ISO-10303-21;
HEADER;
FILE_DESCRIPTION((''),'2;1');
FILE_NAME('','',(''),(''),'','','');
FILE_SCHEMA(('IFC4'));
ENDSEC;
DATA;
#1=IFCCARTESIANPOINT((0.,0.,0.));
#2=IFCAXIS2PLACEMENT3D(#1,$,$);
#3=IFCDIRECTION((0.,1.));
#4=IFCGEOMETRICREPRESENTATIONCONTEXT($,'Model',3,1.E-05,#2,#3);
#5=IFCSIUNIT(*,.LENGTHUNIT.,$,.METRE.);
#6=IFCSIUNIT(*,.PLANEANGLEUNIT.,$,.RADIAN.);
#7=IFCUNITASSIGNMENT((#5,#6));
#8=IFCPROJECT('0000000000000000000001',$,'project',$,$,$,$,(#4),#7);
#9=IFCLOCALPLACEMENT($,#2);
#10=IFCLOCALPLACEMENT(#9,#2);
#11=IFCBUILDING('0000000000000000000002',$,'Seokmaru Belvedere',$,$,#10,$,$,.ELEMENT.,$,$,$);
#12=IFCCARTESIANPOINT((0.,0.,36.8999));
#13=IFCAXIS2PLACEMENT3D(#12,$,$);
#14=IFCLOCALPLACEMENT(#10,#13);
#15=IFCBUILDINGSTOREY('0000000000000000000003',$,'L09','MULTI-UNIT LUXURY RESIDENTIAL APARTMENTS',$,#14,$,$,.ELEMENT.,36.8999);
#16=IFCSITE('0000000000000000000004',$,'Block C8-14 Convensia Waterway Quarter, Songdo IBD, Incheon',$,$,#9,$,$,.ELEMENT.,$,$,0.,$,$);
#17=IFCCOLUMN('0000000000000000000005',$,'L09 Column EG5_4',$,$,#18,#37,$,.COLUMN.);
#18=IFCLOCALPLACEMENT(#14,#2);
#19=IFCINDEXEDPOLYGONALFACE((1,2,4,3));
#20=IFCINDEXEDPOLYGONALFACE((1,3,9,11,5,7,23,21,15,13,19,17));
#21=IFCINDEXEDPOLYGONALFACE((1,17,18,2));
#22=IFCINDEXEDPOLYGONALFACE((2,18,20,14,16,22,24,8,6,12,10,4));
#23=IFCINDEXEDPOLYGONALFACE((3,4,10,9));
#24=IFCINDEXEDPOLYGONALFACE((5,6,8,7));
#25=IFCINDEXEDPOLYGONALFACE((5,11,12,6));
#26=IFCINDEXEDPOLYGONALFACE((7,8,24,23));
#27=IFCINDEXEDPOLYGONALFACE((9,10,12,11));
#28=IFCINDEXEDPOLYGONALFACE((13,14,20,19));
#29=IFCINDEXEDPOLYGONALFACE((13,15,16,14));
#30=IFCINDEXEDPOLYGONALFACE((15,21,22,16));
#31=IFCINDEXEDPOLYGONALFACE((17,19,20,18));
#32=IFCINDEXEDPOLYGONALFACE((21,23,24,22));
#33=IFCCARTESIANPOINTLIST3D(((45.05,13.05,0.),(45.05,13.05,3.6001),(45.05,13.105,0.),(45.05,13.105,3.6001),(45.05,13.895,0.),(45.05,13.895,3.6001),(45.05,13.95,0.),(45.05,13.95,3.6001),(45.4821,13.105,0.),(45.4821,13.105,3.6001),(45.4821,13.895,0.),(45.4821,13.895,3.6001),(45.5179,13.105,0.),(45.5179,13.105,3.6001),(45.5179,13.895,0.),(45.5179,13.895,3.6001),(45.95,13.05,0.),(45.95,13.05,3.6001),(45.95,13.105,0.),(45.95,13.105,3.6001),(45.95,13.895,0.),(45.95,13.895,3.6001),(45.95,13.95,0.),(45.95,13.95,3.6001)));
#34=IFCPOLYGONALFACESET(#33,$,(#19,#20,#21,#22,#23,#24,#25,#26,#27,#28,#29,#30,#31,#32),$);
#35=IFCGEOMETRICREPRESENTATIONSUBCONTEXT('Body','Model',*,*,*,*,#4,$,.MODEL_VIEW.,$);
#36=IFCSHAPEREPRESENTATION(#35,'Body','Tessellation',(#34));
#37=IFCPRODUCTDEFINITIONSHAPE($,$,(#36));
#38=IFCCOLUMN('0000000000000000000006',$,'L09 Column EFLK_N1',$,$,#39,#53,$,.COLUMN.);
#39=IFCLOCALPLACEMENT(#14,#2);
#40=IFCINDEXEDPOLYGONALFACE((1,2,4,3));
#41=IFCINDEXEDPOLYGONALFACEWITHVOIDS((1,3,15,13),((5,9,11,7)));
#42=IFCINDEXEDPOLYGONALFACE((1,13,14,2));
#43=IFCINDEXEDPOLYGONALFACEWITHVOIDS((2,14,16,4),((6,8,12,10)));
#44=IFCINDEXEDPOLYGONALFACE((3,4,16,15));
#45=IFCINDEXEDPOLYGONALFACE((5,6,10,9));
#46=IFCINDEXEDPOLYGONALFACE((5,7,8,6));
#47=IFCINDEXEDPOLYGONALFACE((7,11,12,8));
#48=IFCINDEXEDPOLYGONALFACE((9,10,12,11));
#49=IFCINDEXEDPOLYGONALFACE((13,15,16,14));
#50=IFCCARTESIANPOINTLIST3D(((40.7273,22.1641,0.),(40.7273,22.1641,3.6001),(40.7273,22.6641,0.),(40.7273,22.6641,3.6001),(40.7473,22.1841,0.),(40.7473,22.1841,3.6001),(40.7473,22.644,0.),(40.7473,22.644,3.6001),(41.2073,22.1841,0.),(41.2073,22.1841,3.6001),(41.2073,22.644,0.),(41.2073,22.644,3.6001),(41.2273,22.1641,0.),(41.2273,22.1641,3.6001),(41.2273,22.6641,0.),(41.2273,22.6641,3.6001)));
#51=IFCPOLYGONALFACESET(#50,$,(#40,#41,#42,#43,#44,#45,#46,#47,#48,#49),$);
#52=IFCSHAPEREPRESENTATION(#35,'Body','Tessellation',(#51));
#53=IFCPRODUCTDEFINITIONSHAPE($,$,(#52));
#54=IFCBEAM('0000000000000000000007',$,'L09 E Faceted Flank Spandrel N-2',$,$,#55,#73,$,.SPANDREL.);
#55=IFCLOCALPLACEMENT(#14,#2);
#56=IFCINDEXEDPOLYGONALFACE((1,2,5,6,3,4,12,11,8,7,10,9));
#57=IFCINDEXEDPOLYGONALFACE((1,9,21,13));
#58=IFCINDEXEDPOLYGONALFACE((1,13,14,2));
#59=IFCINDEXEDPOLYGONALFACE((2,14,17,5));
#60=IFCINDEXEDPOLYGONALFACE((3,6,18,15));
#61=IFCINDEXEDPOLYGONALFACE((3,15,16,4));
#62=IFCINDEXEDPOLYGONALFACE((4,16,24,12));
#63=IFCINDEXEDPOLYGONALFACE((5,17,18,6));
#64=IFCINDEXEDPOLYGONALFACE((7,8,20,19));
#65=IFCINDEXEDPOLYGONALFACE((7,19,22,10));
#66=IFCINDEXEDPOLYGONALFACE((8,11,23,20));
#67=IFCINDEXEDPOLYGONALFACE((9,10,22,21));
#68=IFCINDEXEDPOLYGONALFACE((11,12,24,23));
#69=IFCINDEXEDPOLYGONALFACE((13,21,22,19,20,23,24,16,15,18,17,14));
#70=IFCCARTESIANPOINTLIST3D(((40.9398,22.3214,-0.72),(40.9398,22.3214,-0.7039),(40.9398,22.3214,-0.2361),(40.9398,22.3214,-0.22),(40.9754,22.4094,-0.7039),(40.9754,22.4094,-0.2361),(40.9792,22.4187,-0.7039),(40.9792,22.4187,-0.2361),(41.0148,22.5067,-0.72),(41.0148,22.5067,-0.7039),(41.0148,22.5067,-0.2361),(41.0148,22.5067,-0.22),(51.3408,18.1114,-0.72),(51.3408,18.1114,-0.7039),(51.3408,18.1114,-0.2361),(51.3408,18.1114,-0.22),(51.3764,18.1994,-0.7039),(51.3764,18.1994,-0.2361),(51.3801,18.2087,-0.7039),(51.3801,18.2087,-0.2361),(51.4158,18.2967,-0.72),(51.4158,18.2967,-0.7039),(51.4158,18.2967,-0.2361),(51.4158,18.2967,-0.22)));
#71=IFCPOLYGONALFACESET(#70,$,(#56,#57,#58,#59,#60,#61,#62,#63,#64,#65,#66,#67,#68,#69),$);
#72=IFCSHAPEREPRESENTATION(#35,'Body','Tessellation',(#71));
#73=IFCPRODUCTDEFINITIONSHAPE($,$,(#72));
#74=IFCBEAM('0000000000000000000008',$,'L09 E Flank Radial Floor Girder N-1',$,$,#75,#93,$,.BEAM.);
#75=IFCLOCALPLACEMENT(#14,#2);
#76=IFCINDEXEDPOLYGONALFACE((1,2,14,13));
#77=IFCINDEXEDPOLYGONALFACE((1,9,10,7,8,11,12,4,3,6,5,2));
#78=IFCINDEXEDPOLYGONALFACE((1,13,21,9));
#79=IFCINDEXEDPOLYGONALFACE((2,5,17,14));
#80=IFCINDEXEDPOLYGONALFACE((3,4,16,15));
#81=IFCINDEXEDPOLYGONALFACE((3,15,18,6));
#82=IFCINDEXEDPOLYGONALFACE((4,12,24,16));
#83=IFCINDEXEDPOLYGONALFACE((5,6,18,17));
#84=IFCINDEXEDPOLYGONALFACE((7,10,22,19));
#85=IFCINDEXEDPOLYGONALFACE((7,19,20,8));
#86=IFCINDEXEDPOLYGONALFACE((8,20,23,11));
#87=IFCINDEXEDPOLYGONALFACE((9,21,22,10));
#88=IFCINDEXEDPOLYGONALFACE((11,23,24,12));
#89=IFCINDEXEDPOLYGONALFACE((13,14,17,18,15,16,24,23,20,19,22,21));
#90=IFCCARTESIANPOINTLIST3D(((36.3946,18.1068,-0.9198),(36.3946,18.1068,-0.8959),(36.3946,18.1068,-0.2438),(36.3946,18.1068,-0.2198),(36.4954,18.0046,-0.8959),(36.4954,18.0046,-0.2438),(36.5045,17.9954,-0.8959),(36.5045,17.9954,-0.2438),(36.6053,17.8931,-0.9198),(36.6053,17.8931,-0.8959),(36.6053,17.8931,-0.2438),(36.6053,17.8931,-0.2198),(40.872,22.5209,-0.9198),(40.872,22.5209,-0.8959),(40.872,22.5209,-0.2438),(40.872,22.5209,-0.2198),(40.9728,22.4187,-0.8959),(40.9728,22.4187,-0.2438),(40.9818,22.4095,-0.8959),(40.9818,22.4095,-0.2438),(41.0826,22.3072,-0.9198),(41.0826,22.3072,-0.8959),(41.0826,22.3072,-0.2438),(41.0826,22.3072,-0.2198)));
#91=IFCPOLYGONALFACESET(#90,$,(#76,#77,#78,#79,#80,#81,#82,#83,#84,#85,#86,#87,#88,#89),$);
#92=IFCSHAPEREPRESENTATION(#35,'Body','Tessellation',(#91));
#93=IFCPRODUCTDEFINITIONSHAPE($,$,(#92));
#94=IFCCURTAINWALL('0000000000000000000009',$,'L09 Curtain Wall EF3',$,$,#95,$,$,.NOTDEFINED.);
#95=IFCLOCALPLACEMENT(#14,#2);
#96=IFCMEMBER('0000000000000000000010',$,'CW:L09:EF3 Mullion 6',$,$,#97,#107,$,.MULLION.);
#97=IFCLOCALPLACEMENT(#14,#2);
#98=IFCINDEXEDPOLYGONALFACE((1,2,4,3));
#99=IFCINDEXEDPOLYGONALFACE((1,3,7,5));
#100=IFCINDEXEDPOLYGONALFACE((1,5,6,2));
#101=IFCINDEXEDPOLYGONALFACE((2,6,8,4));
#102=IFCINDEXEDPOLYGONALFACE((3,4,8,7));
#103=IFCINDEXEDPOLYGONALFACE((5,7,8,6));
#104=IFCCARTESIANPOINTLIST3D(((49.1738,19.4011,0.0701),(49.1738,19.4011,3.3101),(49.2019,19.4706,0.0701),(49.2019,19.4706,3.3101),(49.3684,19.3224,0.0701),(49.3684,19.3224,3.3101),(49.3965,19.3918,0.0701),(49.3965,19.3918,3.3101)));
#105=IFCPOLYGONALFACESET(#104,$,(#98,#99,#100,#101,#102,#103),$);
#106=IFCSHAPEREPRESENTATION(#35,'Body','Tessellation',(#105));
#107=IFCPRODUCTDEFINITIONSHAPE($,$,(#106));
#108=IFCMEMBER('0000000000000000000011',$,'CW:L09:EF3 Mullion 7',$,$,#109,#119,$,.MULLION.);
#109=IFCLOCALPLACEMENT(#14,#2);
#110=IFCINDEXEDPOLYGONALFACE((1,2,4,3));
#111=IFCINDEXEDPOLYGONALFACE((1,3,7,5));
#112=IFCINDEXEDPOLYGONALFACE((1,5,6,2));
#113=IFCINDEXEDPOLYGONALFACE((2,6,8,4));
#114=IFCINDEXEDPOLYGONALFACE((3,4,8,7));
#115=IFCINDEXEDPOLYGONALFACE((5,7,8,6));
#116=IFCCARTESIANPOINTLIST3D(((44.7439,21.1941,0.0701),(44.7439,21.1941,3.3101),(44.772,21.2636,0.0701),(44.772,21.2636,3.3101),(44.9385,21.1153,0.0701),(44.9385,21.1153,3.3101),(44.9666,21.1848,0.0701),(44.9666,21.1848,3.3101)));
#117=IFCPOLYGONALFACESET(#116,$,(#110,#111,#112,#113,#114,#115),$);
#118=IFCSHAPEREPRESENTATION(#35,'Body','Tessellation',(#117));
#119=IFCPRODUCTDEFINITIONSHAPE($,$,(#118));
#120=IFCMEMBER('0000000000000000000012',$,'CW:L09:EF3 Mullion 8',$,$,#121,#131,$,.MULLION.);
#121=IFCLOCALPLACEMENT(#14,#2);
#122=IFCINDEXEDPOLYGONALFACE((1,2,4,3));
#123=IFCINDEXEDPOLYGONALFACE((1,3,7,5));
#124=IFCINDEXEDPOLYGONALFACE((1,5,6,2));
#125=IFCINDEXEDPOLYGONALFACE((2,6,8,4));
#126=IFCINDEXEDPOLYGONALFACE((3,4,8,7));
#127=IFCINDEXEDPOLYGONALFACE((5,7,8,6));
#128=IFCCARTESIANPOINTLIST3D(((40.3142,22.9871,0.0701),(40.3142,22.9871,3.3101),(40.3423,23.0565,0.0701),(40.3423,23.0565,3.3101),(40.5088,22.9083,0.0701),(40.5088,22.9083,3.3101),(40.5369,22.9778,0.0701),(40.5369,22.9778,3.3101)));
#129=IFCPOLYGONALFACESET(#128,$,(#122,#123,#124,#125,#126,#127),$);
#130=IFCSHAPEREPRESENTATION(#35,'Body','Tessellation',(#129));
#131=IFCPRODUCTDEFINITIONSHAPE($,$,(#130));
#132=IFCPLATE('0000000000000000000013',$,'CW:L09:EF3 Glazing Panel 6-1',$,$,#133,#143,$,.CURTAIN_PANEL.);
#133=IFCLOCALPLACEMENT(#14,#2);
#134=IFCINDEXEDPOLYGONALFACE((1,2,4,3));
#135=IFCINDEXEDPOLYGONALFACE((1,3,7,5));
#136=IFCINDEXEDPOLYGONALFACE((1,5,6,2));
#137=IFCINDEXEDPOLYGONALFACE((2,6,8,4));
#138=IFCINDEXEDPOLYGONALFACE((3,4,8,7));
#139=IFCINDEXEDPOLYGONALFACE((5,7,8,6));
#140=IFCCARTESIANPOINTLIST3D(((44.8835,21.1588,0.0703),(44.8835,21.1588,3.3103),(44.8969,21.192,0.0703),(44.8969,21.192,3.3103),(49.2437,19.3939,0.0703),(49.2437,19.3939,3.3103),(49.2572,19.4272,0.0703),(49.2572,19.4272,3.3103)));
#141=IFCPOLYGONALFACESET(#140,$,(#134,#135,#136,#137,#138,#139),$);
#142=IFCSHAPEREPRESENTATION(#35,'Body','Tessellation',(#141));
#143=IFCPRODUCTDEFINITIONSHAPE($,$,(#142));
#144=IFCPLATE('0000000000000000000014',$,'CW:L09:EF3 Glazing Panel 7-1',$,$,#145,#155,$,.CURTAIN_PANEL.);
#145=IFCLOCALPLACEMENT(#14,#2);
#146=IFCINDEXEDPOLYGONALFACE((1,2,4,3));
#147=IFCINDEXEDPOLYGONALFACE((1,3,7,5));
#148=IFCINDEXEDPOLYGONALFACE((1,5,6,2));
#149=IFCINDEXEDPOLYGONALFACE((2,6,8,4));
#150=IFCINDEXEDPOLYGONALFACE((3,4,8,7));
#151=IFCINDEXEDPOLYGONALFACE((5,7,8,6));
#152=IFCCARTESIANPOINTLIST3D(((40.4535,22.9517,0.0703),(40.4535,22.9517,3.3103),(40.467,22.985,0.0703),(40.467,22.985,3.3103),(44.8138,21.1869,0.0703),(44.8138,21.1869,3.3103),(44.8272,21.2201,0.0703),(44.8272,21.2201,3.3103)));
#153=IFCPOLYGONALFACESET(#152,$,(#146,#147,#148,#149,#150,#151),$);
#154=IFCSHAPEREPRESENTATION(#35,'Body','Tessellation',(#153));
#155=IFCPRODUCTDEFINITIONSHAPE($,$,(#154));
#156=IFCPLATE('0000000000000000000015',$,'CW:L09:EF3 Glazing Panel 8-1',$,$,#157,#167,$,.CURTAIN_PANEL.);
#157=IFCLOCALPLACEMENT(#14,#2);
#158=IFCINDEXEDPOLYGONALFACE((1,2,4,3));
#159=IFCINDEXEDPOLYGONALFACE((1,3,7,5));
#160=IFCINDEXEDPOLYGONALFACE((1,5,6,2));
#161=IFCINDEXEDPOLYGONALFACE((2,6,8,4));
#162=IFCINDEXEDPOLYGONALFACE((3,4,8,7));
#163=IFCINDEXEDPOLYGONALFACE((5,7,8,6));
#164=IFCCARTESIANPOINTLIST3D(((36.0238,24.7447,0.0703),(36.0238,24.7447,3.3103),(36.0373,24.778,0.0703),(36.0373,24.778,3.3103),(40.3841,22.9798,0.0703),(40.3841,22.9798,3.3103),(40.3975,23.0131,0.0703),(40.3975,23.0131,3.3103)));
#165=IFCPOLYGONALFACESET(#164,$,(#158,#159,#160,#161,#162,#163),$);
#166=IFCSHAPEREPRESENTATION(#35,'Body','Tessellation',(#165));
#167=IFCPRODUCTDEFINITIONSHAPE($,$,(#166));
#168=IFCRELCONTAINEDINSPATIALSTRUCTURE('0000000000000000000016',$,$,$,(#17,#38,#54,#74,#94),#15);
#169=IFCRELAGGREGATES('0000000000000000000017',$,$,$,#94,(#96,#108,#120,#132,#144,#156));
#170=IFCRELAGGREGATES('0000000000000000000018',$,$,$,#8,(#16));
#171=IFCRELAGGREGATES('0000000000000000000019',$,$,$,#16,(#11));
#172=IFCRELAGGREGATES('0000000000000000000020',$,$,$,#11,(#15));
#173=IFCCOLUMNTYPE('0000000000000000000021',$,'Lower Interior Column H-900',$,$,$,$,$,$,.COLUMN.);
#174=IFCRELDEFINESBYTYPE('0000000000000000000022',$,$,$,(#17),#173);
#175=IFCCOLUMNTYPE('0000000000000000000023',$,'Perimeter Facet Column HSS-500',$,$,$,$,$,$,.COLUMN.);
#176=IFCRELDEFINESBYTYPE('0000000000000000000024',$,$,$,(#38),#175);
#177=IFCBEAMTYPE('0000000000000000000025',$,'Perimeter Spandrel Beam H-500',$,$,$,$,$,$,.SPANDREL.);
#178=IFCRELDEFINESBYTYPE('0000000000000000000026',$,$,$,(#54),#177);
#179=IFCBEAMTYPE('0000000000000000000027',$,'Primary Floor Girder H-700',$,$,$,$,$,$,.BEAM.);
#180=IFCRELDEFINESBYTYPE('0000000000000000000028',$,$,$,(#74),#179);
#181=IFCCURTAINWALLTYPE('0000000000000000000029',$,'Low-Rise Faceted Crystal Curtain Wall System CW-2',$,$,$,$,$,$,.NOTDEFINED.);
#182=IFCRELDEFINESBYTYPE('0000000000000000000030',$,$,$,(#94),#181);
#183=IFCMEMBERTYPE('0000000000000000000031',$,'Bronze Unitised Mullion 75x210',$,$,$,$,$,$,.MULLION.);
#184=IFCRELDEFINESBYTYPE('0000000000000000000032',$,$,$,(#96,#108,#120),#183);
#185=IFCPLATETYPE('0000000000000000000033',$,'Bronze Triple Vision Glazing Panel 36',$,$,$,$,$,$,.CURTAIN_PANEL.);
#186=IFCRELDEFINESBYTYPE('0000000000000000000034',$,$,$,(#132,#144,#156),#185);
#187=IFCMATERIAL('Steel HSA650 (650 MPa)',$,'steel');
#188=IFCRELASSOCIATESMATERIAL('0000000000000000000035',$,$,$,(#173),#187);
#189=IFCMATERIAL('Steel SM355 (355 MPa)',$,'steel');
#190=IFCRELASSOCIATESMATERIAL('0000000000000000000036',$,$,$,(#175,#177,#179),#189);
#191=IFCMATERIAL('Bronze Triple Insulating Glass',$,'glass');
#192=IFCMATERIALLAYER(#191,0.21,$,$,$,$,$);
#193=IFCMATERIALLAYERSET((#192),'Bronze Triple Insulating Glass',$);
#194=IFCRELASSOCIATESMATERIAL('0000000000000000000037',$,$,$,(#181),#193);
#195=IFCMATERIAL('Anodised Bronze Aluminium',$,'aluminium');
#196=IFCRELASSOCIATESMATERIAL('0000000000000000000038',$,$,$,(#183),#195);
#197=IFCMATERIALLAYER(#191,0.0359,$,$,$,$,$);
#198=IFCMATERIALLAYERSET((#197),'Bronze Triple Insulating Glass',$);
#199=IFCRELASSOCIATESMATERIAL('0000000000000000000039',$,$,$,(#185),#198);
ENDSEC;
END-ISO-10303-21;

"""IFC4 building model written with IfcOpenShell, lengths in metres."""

from ifc_helpers import new_model, si_unit, direction, frame, origin, origin_2d, place, context, subcontext, project, spatial, rectangle, hollow_rectangle, i_section, extrude, source, transform, mapped, material, layer, layer_set, material_profile, profile_set, type_object, type_shapes, element, aggregate, save


model = new_model("IFC4")

# Units and contexts
model_context = context("Model", 3, precision=1e-05, world=origin(), true_north=direction((0.0, 1.0)))
body_context = subcontext(model_context, "Body", "Model", "MODEL_VIEW")
ifc_project = project(units=[si_unit("LENGTHUNIT", "METRE"), si_unit("PLANEANGLEUNIT", "RADIAN")], contexts=[model_context])

# Site, building, storey
site_placement = place(None, origin())
site = spatial("IfcSite", under=ifc_project, at=site_placement, Name="Block C8-14 Convensia Waterway Quarter, Songdo IBD, Incheon", CompositionType="ELEMENT", RefElevation=0.0)
building_placement = place(site_placement, origin())
building = spatial("IfcBuilding", under=site, at=building_placement, Name="Seokmaru Belvedere", CompositionType="ELEMENT")
storey_placement = place(building_placement, frame((0.0, 0.0, 36.8999)))
storey = spatial("IfcBuildingStorey", under=building, at=storey_placement, Name="L09", Description="MULTI-UNIT LUXURY RESIDENTIAL APARTMENTS", CompositionType="ELEMENT", Elevation=36.8999)

# Columns
ifc_material_1 = material(Name="Steel HSA650 (650 MPa)", Category="steel")
ifc_material_profile_1 = material_profile(ifc_material_1, i_section(OverallWidth=0.8999, OverallDepth=0.8999, WebThickness=0.0359, FlangeThickness=0.0549, at=origin_2d()), Name="H-900x900x36x55")
ifc_profile_set_1 = profile_set([ifc_material_profile_1], Name="Steel HSA650 (650 MPa)")
column_type_1 = type_object("IfcColumnType", Name="Lower Interior Column H-900", PredefinedType="COLUMN", material=ifc_profile_set_1)
shared_shape_1 = source(origin(), body_context, "Body", "SweptSolid", [
    extrude(i_section(OverallWidth=0.8999, OverallDepth=0.8999, WebThickness=0.0359, FlangeThickness=0.0549, at=origin_2d()), origin(), (0.0, 0.0, 1.0), 3.6001),
])
type_shapes(column_type_1, [shared_shape_1])
column_1_placement = place(storey_placement, frame((45.5, 13.5, 0.0), z_axis=(0.0, 0.0, 1.0), x_axis=(1.0, 0.0, 0.0)))
element("IfcColumn", 1, at=column_1_placement, inside=storey, type_object=column_type_1, Name="L09 Column EG5_4", PredefinedType="COLUMN", context=body_context, shape_type="MappedRepresentation", body=[
    mapped(shared_shape_1, transform((0.0, 0.0, 0.0), scale=1.0)),
])
ifc_material_2 = material(Name="Steel SM355 (355 MPa)", Category="steel")
ifc_material_profile_2 = material_profile(ifc_material_2, hollow_rectangle(XDim=0.5, YDim=0.5, WallThickness=0.02, at=origin_2d()), Name="HSS-500x500x20")
ifc_profile_set_2 = profile_set([ifc_material_profile_2], Name="Steel SM355 (355 MPa)")
column_type_2 = type_object("IfcColumnType", Name="Perimeter Facet Column HSS-500", PredefinedType="COLUMN", material=ifc_profile_set_2)
shared_shape_2 = source(origin(), body_context, "Body", "SweptSolid", [
    extrude(hollow_rectangle(XDim=0.5, YDim=0.5, WallThickness=0.02, at=origin_2d()), origin(), (0.0, 0.0, 1.0), 3.6001),
])
type_shapes(column_type_2, [shared_shape_2])
column_2_placement = place(storey_placement, frame((40.9773, 22.4141, 0.0), z_axis=(0.0, 0.0, 1.0), x_axis=(1.0, 0.0, 0.0)))
element("IfcColumn", 2, at=column_2_placement, inside=storey, type_object=column_type_2, Name="L09 Column EFLK_N1", PredefinedType="COLUMN", context=body_context, shape_type="MappedRepresentation", body=[
    mapped(shared_shape_2, transform((0.0, 0.0, 0.0), scale=1.0)),
])

# Beams
ifc_material_profile_3 = material_profile(ifc_material_2, i_section(OverallWidth=0.2, OverallDepth=0.5, WebThickness=0.01, FlangeThickness=0.0161, at=origin_2d()), Name="H-500x200x10x16")
ifc_profile_set_3 = profile_set([ifc_material_profile_3], Name="Steel SM355 (355 MPa)")
beam_type_1 = type_object("IfcBeamType", Name="Perimeter Spandrel Beam H-500", PredefinedType="SPANDREL", material=ifc_profile_set_3)
shared_shape_3 = source(origin(), body_context, "Body", "SweptSolid", [
    extrude(i_section(OverallWidth=0.2, OverallDepth=0.5, WebThickness=0.01, FlangeThickness=0.0161, at=origin_2d()), origin(), (0.0, 0.0, 1.0), 11.2207),
])
type_shapes(beam_type_1, [shared_shape_3])
beam_1_placement = place(storey_placement, frame((40.9773, 22.4141, -0.47), z_axis=(0.926944, -0.375199, 0.0), x_axis=(0.375199, 0.926944, 0.0)))
element("IfcBeam", 3, at=beam_1_placement, inside=storey, type_object=beam_type_1, Name="L09 E Faceted Flank Spandrel N-2", PredefinedType="SPANDREL", context=body_context, shape_type="MappedRepresentation", body=[
    mapped(shared_shape_3, transform((0.0, 0.0, 0.0), scale=1.0)),
])
ifc_material_profile_4 = material_profile(ifc_material_2, i_section(OverallWidth=0.3, OverallDepth=0.7, WebThickness=0.0129, FlangeThickness=0.0239, at=origin_2d()), Name="H-700x300x13x24")
ifc_profile_set_4 = profile_set([ifc_material_profile_4], Name="Steel SM355 (355 MPa)")
beam_type_2 = type_object("IfcBeamType", Name="Primary Floor Girder H-700", PredefinedType="BEAM", material=ifc_profile_set_4)
shared_shape_4 = source(origin(), body_context, "Body", "SweptSolid", [
    extrude(i_section(OverallWidth=0.3, OverallDepth=0.7, WebThickness=0.0129, FlangeThickness=0.0239, at=origin_2d()), origin(), (0.0, 0.0, 1.0), 6.2874),
])
type_shapes(beam_type_2, [shared_shape_4])
beam_2_placement = place(storey_placement, frame((40.9773, 22.4141, -0.5698), z_axis=(-0.712117, -0.70206, 0.0), x_axis=(0.70206, -0.712117, 0.0)))
element("IfcBeam", 4, at=beam_2_placement, inside=storey, type_object=beam_type_2, Name="L09 E Flank Radial Floor Girder N-1", PredefinedType="BEAM", context=body_context, shape_type="MappedRepresentation", body=[
    mapped(shared_shape_4, transform((0.0, 0.0, 0.0), scale=1.0)),
])

# Curtain wall, members, plates
ifc_material_3 = material(Name="Bronze Triple Insulating Glass", Category="glass")
ifc_layer_1 = layer(ifc_material_3, 0.21)
ifc_layer_set_1 = layer_set([ifc_layer_1], Name="Bronze Triple Insulating Glass")
curtain_wall_type = type_object("IfcCurtainWallType", Name="Low-Rise Faceted Crystal Curtain Wall System CW-2", PredefinedType="NOTDEFINED", material=ifc_layer_set_1)
curtain_wall_placement = place(storey_placement, origin())
curtain_wall = element("IfcCurtainWall", 5, at=curtain_wall_placement, inside=storey, type_object=curtain_wall_type, Name="L09 Curtain Wall EF3", PredefinedType="NOTDEFINED")
ifc_material_4 = material(Name="Anodised Bronze Aluminium", Category="aluminium")
ifc_material_profile_5 = material_profile(ifc_material_4, rectangle(XDim=0.075, YDim=0.21, at=origin_2d()), Name="CW-M-75x210")
ifc_profile_set_5 = profile_set([ifc_material_profile_5], Name="Anodised Bronze Aluminium")
member_type = type_object("IfcMemberType", Name="Bronze Unitised Mullion 75x210", PredefinedType="MULLION", material=ifc_profile_set_5)
shared_shape_5 = source(origin(), body_context, "Body", "SweptSolid", [
    extrude(rectangle(XDim=0.075, YDim=0.21, at=origin_2d()), origin(), (0.0, 0.0, 1.0), 3.24),
])
type_shapes(member_type, [shared_shape_5])
member_1_placement = place(storey_placement, frame((49.2852, 19.3965, 0.0701), z_axis=(0.0, 0.0, 1.0), x_axis=(-0.375192, -0.926947, 0.0)))
member_1 = element("IfcMember", 6, at=member_1_placement, type_object=member_type, Name="CW:L09:EF3 Mullion 6", PredefinedType="MULLION", context=body_context, shape_type="MappedRepresentation", body=[
    mapped(shared_shape_5, transform((0.0, 0.0, 0.0), scale=1.0)),
])
member_2_placement = place(storey_placement, frame((44.8552, 21.1895, 0.0701), z_axis=(0.0, 0.0, 1.0), x_axis=(-0.375192, -0.926947, 0.0)))
member_2 = element("IfcMember", 7, at=member_2_placement, type_object=member_type, Name="CW:L09:EF3 Mullion 7", PredefinedType="MULLION", context=body_context, shape_type="MappedRepresentation", body=[
    mapped(shared_shape_5, transform((0.0, 0.0, 0.0), scale=1.0)),
])
member_3_placement = place(storey_placement, frame((40.4255, 22.9824, 0.0701), z_axis=(0.0, 0.0, 1.0), x_axis=(-0.375192, -0.926947, 0.0)))
member_3 = element("IfcMember", 8, at=member_3_placement, type_object=member_type, Name="CW:L09:EF3 Mullion 8", PredefinedType="MULLION", context=body_context, shape_type="MappedRepresentation", body=[
    mapped(shared_shape_5, transform((0.0, 0.0, 0.0), scale=1.0)),
])
ifc_layer_2 = layer(ifc_material_3, 0.0359)
ifc_layer_set_2 = layer_set([ifc_layer_2], Name="Bronze Triple Insulating Glass")
plate_type = type_object("IfcPlateType", Name="Bronze Triple Vision Glazing Panel 36", PredefinedType="CURTAIN_PANEL", material=ifc_layer_set_2)
shared_shape_6 = source(origin(), body_context, "Body", "SweptSolid", [
    extrude(rectangle(XDim=4.7039, YDim=0.0359, at=origin_2d()), origin(), (0.0, 0.0, 1.0), 3.24),
])
type_shapes(plate_type, [shared_shape_6])
plate_1_placement = place(storey_placement, frame((47.0703, 20.293, 0.0703), z_axis=(0.0, 0.0, 1.0), x_axis=(-0.926947, 0.375192, 0.0)))
plate_1 = element("IfcPlate", 9, at=plate_1_placement, type_object=plate_type, Name="CW:L09:EF3 Glazing Panel 6-1", PredefinedType="CURTAIN_PANEL", context=body_context, shape_type="MappedRepresentation", body=[
    mapped(shared_shape_6, transform((0.0, 0.0, 0.0), scale=1.0)),
])
plate_2_placement = place(storey_placement, frame((42.6404, 22.0859, 0.0703), z_axis=(0.0, 0.0, 1.0), x_axis=(-0.926947, 0.375192, 0.0)))
plate_2 = element("IfcPlate", 10, at=plate_2_placement, type_object=plate_type, Name="CW:L09:EF3 Glazing Panel 7-1", PredefinedType="CURTAIN_PANEL", context=body_context, shape_type="MappedRepresentation", body=[
    mapped(shared_shape_6, transform((0.0, 0.0, 0.0), scale=1.0)),
])
plate_3_placement = place(storey_placement, frame((38.2107, 23.8789, 0.0703), z_axis=(0.0, 0.0, 1.0), x_axis=(-0.926947, 0.375192, 0.0)))
plate_3 = element("IfcPlate", 11, at=plate_3_placement, type_object=plate_type, Name="CW:L09:EF3 Glazing Panel 8-1", PredefinedType="CURTAIN_PANEL", context=body_context, shape_type="MappedRepresentation", body=[
    mapped(shared_shape_6, transform((0.0, 0.0, 0.0), scale=1.0)),
])
aggregate(curtain_wall, [member_1, member_2, member_3, plate_1, plate_2, plate_3])

save(model, "model.ifc")
